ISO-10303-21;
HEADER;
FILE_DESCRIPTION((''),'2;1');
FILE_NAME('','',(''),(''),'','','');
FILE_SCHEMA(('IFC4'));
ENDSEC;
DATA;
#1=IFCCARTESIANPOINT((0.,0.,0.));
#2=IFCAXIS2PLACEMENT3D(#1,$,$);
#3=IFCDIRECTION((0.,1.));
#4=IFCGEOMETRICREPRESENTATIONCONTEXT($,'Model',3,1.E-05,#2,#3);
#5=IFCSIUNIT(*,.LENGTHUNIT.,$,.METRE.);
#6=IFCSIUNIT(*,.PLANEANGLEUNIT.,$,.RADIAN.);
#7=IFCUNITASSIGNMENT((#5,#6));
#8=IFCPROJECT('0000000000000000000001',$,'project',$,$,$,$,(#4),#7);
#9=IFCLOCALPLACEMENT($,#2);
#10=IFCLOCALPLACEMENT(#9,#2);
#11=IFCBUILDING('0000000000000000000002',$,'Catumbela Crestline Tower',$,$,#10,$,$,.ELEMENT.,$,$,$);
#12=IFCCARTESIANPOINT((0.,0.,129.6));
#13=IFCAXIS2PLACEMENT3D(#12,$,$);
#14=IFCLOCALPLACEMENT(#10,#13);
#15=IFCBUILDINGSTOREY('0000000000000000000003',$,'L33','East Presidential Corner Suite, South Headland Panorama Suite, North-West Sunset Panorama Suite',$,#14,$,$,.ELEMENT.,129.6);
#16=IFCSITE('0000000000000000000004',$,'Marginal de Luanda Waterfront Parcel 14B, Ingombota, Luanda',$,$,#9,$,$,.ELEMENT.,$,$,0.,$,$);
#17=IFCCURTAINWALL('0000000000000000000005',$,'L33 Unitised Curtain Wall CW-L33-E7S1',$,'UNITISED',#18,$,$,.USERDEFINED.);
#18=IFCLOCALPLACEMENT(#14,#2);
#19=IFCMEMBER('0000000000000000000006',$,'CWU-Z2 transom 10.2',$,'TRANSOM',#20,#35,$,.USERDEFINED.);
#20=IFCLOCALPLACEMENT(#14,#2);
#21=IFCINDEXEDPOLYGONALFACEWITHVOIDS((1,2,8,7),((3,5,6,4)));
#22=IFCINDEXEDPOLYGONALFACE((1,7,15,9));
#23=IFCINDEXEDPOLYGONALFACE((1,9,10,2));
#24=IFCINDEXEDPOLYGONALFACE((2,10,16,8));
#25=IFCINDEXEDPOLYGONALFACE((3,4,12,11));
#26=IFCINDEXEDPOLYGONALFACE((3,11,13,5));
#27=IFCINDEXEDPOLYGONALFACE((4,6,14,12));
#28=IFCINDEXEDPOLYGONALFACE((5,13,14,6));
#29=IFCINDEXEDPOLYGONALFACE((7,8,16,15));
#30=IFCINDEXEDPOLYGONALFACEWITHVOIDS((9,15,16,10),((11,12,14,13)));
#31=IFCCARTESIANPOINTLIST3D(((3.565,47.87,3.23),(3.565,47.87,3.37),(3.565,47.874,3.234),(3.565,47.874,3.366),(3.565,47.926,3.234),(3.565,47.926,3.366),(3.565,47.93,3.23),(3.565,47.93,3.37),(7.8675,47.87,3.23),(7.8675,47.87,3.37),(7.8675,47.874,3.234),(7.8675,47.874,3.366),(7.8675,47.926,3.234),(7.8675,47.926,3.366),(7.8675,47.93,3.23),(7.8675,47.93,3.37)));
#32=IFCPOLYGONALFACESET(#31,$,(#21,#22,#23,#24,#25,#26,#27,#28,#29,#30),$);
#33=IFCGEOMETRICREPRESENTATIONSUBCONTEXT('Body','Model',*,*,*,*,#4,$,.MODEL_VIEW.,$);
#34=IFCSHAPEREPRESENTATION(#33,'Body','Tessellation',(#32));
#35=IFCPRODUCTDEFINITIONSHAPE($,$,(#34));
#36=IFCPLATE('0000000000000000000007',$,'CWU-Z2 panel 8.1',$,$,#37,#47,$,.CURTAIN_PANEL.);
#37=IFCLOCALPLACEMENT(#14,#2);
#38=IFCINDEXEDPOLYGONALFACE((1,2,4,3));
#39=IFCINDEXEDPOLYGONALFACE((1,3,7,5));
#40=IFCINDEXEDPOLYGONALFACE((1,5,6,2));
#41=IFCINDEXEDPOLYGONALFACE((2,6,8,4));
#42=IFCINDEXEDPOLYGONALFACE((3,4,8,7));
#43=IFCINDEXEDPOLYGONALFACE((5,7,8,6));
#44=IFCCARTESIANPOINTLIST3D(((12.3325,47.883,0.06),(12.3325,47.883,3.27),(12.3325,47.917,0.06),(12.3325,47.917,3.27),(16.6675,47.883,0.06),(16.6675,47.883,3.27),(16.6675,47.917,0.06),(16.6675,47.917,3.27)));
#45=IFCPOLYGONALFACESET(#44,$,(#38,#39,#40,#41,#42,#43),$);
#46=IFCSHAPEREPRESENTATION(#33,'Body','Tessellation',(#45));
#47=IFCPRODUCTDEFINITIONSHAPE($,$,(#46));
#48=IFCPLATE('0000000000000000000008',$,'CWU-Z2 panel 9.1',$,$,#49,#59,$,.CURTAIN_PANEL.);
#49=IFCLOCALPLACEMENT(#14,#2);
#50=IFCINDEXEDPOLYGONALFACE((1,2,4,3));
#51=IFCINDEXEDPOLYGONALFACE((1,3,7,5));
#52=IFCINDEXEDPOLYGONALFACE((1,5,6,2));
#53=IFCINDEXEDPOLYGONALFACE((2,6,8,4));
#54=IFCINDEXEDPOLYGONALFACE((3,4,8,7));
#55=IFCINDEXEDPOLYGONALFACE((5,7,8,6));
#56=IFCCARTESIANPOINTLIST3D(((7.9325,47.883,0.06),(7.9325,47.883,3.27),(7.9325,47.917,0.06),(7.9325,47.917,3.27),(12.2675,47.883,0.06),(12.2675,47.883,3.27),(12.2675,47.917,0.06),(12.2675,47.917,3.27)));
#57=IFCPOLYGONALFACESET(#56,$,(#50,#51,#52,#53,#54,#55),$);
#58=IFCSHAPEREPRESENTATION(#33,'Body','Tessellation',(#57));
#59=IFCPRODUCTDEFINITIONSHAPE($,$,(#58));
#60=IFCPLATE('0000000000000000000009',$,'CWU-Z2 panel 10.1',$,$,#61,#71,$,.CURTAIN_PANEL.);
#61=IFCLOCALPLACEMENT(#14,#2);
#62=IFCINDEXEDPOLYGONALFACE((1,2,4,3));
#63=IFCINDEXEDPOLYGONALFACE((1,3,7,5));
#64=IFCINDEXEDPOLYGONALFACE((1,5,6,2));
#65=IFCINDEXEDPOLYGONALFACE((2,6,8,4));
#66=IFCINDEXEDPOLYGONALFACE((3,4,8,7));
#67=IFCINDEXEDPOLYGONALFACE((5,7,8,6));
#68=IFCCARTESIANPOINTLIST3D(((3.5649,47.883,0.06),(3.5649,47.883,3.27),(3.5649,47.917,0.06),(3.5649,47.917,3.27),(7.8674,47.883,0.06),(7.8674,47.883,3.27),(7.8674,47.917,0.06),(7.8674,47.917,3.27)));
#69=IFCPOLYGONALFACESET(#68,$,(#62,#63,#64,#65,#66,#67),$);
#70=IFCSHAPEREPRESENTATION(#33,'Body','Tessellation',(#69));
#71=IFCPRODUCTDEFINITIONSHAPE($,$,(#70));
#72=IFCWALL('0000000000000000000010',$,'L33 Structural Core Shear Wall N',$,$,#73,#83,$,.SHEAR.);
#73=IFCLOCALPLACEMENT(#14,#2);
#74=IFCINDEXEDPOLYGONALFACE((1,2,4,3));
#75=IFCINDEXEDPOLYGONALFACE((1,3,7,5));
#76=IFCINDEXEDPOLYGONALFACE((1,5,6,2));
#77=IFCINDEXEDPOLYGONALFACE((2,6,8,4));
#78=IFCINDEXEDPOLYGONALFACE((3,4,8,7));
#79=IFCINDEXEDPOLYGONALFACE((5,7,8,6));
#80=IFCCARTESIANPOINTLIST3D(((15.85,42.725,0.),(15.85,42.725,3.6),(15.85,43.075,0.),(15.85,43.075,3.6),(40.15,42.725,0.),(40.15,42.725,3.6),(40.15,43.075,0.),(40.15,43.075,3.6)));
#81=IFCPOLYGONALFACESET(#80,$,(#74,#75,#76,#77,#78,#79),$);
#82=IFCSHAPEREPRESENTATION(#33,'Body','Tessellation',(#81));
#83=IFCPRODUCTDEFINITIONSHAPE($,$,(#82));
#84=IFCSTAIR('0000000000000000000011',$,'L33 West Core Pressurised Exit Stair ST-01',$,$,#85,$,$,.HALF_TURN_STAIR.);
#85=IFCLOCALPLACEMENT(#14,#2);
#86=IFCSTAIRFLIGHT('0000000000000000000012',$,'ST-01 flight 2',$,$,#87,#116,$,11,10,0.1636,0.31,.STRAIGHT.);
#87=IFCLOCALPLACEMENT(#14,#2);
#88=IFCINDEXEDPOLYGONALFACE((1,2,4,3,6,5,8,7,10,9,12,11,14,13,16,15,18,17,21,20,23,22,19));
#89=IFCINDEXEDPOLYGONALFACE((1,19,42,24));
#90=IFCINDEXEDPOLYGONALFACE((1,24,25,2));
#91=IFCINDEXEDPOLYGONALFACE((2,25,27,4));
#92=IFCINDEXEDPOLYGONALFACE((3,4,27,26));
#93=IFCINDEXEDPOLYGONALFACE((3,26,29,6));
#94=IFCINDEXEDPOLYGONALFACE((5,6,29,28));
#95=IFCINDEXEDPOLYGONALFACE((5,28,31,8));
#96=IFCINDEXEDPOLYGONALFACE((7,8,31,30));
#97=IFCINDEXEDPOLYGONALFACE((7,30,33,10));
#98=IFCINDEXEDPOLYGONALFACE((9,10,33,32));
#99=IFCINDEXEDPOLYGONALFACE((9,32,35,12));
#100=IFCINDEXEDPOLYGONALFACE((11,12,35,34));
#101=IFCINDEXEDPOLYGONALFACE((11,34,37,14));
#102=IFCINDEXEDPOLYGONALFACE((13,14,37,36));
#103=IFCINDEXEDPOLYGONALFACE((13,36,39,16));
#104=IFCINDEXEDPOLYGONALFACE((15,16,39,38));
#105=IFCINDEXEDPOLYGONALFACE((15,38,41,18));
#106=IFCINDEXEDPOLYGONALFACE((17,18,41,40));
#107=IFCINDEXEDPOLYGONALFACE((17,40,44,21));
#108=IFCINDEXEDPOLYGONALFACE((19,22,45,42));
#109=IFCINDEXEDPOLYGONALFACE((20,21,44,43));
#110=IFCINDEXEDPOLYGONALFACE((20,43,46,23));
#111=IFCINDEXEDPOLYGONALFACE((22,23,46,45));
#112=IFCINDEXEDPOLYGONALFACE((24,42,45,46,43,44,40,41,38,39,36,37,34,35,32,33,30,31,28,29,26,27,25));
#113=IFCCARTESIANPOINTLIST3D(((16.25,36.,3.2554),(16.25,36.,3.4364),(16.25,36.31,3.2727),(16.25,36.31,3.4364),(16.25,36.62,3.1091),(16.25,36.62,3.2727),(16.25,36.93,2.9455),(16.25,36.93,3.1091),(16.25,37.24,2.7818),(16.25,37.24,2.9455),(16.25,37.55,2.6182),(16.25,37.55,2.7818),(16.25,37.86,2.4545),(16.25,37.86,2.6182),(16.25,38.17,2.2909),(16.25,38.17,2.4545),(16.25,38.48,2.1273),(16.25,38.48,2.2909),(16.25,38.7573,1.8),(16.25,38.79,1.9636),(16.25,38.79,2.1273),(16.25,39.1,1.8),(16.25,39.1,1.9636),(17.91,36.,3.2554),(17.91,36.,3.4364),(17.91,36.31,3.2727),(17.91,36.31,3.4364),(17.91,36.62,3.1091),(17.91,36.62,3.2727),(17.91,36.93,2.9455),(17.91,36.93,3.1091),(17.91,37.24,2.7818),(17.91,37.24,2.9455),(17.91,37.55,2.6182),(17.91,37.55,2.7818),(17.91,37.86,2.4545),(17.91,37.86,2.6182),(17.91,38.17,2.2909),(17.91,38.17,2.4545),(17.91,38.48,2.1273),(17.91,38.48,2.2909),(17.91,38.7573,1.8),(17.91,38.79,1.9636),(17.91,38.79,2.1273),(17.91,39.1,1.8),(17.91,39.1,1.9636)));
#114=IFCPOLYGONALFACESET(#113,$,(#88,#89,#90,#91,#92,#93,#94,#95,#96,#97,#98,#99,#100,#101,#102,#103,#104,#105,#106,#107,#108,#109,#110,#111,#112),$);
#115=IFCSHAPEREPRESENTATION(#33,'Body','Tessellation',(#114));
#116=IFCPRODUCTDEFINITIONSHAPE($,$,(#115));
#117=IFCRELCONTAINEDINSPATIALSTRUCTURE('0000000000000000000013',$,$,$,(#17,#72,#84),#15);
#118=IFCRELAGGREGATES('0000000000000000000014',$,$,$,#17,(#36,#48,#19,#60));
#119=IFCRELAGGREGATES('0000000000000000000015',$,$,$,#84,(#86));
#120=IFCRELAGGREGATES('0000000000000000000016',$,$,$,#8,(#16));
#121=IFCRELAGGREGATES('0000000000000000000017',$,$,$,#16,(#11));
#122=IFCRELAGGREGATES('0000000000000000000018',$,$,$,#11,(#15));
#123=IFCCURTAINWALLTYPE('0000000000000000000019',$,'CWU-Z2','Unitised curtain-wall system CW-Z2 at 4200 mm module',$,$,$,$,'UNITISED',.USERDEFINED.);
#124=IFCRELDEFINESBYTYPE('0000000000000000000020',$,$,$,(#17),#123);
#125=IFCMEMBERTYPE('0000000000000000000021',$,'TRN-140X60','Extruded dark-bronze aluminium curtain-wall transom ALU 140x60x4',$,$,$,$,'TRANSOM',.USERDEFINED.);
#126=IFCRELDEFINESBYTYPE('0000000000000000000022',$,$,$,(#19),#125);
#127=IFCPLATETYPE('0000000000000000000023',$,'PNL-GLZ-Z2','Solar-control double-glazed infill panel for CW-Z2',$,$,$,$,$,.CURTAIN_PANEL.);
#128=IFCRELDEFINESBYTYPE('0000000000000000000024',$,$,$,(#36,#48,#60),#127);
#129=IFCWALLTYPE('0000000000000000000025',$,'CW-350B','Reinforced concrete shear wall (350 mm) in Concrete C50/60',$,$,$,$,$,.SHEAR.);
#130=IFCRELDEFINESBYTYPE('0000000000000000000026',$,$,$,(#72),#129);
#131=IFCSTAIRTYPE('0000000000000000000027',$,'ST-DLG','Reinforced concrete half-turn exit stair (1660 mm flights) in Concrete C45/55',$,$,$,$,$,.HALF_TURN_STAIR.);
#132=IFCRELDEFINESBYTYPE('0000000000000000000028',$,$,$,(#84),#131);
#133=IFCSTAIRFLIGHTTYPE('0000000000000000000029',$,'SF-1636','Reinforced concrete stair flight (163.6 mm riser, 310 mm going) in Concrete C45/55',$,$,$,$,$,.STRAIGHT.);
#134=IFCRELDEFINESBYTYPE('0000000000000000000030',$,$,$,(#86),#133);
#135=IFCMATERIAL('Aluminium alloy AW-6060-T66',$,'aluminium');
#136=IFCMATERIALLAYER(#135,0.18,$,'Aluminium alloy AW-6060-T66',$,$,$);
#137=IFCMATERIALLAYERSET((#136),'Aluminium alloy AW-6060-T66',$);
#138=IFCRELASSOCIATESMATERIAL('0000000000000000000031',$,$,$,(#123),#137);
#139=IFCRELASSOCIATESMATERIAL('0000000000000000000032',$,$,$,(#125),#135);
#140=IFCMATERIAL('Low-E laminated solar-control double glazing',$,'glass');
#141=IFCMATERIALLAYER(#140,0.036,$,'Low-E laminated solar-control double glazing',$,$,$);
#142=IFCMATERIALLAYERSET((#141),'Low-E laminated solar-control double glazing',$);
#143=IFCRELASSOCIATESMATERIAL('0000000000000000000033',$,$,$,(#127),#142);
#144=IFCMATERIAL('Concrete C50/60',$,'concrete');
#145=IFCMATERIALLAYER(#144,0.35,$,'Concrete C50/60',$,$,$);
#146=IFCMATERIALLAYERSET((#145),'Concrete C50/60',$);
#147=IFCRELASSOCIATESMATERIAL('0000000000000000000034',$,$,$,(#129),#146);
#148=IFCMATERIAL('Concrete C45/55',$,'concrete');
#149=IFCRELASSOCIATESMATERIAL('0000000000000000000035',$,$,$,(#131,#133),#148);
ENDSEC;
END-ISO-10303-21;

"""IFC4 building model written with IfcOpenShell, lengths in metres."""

from ifc_helpers import new_model, si_unit, direction, frame, frame_2d, origin, origin_2d, place, context, subcontext, project, spatial, polyline, rectangle, hollow_rectangle, outline, extrude, material, layer, layer_set, material_profile, profile_set, type_object, element, aggregate, save


model = new_model("IFC4")

# Units and contexts
model_context = context("Model", 3, precision=1e-05, world=origin(), true_north=direction((0.0, 1.0)))
body_context = subcontext(model_context, "Body", "Model", "MODEL_VIEW")
ifc_project = project(units=[si_unit("LENGTHUNIT", "METRE"), si_unit("PLANEANGLEUNIT", "RADIAN")], contexts=[model_context])

# Site, building, storey
site_placement = place(None, origin())
site = spatial("IfcSite", under=ifc_project, at=site_placement, Name="Marginal de Luanda Waterfront Parcel 14B, Ingombota, Luanda", CompositionType="ELEMENT", RefElevation=0.0)
building_placement = place(site_placement, origin())
building = spatial("IfcBuilding", under=site, at=building_placement, Name="Catumbela Crestline Tower", CompositionType="ELEMENT")
storey_placement = place(building_placement, frame((0.0, 0.0, 129.6)))
storey = spatial("IfcBuildingStorey", under=building, at=storey_placement, Name="L33", Description="East Presidential Corner Suite, South Headland Panorama Suite, North-West Sunset Panorama Suite", CompositionType="ELEMENT", Elevation=129.6)

# Curtain wall
ifc_material_1 = material(Name="Aluminium alloy AW-6060-T66", Category="aluminium")
ifc_layer_1 = layer(ifc_material_1, 0.18, Name="Aluminium alloy AW-6060-T66")
ifc_layer_set_1 = layer_set([ifc_layer_1], Name="Aluminium alloy AW-6060-T66")
curtain_wall_type = type_object("IfcCurtainWallType", Name="CWU-Z2", Description="Unitised curtain-wall system CW-Z2 at 4200 mm module", ElementType="UNITISED", PredefinedType="USERDEFINED", material=ifc_layer_set_1)
curtain_wall_placement = place(storey_placement, origin())
curtain_wall = element("IfcCurtainWall", 1, at=curtain_wall_placement, inside=storey, type_object=curtain_wall_type, Name="L33 Unitised Curtain Wall CW-L33-E7S1", ObjectType="UNITISED", PredefinedType="USERDEFINED")

# Member
ifc_material_profile_1 = material_profile(ifc_material_1, hollow_rectangle(XDim=0.06, YDim=0.14, WallThickness=0.004, at=origin_2d()), Name="ALU 140x60x4")
ifc_profile_set_1 = profile_set([ifc_material_profile_1], Name="Aluminium alloy AW-6060-T66")
member_type_1 = type_object("IfcMemberType", Name="TRN-140X60", Description="Extruded dark-bronze aluminium curtain-wall transom ALU 140x60x4", ElementType="TRANSOM", PredefinedType="USERDEFINED", material=ifc_profile_set_1)
member_1_placement = place(storey_placement, frame((7.8675, 47.9, 3.3), z_axis=(-1.0, 0.0, 0.0), x_axis=(0.0, -1.0, 0.0)))
member_1 = element("IfcMember", 2, at=member_1_placement, type_object=member_type_1, Name="CWU-Z2 transom 10.2", ObjectType="TRANSOM", PredefinedType="USERDEFINED", context=body_context, shape_type="SweptSolid", body=[
    extrude(hollow_rectangle(XDim=0.06, YDim=0.14, WallThickness=0.004, at=origin_2d()), origin(), (0.0, 0.0, 1.0), 4.3025),
])

# Plates
ifc_material_2 = material(Name="Low-E laminated solar-control double glazing", Category="glass")
ifc_layer_2 = layer(ifc_material_2, 0.036, Name="Low-E laminated solar-control double glazing")
ifc_layer_set_2 = layer_set([ifc_layer_2], Name="Low-E laminated solar-control double glazing")
plate_type = type_object("IfcPlateType", Name="PNL-GLZ-Z2", Description="Solar-control double-glazed infill panel for CW-Z2", PredefinedType="CURTAIN_PANEL", material=ifc_layer_set_2)
plate_1_placement = place(storey_placement, frame((14.5, 47.9, 0.06), z_axis=(0.0, 0.0, 1.0), x_axis=(-1.0, 0.0, 0.0)))
plate_1 = element("IfcPlate", 3, at=plate_1_placement, type_object=plate_type, Name="CWU-Z2 panel 8.1", PredefinedType="CURTAIN_PANEL", context=body_context, shape_type="SweptSolid", body=[
    extrude(rectangle(XDim=4.335, YDim=0.034, at=origin_2d()), origin(), (0.0, 0.0, 1.0), 3.21),
])
plate_2_placement = place(storey_placement, frame((10.1, 47.9, 0.06), z_axis=(0.0, 0.0, 1.0), x_axis=(-1.0, 0.0, 0.0)))
plate_2 = element("IfcPlate", 4, at=plate_2_placement, type_object=plate_type, Name="CWU-Z2 panel 9.1", PredefinedType="CURTAIN_PANEL", context=body_context, shape_type="SweptSolid", body=[
    extrude(rectangle(XDim=4.335, YDim=0.034, at=origin_2d()), origin(), (0.0, 0.0, 1.0), 3.21),
])
plate_3_placement = place(storey_placement, frame((5.7162, 47.9, 0.06), z_axis=(0.0, 0.0, 1.0), x_axis=(-1.0, 0.0, 0.0)))
plate_3 = element("IfcPlate", 5, at=plate_3_placement, type_object=plate_type, Name="CWU-Z2 panel 10.1", PredefinedType="CURTAIN_PANEL", context=body_context, shape_type="SweptSolid", body=[
    extrude(rectangle(XDim=4.3025, YDim=0.034, at=origin_2d()), origin(), (0.0, 0.0, 1.0), 3.21),
])
aggregate(curtain_wall, [plate_1, plate_2, member_1, plate_3])

# Wall
ifc_material_3 = material(Name="Concrete C50/60", Category="concrete")
ifc_layer_3 = layer(ifc_material_3, 0.35, Name="Concrete C50/60")
ifc_layer_set_3 = layer_set([ifc_layer_3], Name="Concrete C50/60")
wall_type = type_object("IfcWallType", Name="CW-350B", Description="Reinforced concrete shear wall (350 mm) in Concrete C50/60", PredefinedType="SHEAR", material=ifc_layer_set_3)
wall_placement = place(storey_placement, frame((15.85, 42.9, 0.0), z_axis=(0.0, 0.0, 1.0), x_axis=(1.0, 0.0, 0.0)))
element("IfcWall", 6, at=wall_placement, inside=storey, type_object=wall_type, Name="L33 Structural Core Shear Wall N", PredefinedType="SHEAR", context=body_context, shape_type="SweptSolid", body=[
    extrude(rectangle(XDim=24.3, YDim=0.35, at=frame_2d((12.15, 0.0))), origin(), (0.0, 0.0, 1.0), 3.6),
])

# Stair, stair flight
ifc_material_4 = material(Name="Concrete C45/55", Category="concrete")
stair_type = type_object("IfcStairType", Name="ST-DLG", Description="Reinforced concrete half-turn exit stair (1660 mm flights) in Concrete C45/55", PredefinedType="HALF_TURN_STAIR", material=ifc_material_4)
stair_placement = place(storey_placement, origin())
stair = element("IfcStair", 7, at=stair_placement, inside=storey, type_object=stair_type, Name="L33 West Core Pressurised Exit Stair ST-01", PredefinedType="HALF_TURN_STAIR")
stair_flight_type = type_object("IfcStairFlightType", Name="SF-1636", Description="Reinforced concrete stair flight (163.6 mm riser, 310 mm going) in Concrete C45/55", PredefinedType="STRAIGHT", material=ifc_material_4)
stair_flight_placement = place(storey_placement, frame((17.08, 39.1, 1.8), z_axis=(0.0, 0.0, 1.0), x_axis=(0.0, -1.0, 0.0)))
stair_flight = element("IfcStairFlight", 8, at=stair_flight_placement, type_object=stair_flight_type, Name="ST-01 flight 2", NumberOfRisers=11, NumberOfTreads=10, PredefinedType="STRAIGHT", RiserHeight=0.1636, TreadLength=0.31, context=body_context, shape_type="SweptSolid", body=[
    extrude(outline(polyline([(0.0, 0.0), (0.0, 0.1636), (0.31, 0.1636), (0.31, 0.3273), (0.62, 0.3273), (0.62, 0.4909), (0.93, 0.4909), (0.93, 0.6545), (1.24, 0.6545), (1.24, 0.8182), (1.55, 0.8182), (1.55, 0.9818), (1.86, 0.9818), (1.86, 1.1455), (2.17, 1.1455), (2.17, 1.3091), (2.48, 1.3091), (2.48, 1.4727), (2.79, 1.4727), (2.79, 1.6364), (3.1, 1.6364), (3.1, 1.8), (3.1, 1.4554), (0.3427, 0.0), (0.0, 0.0)])), frame((0.0, 0.83, 0.0), z_axis=(0.0, -1.0, 0.0), x_axis=(1.0, 0.0, 0.0)), (0.0, 0.0, 1.0), 1.66),
])
aggregate(stair, [stair_flight])

save(model, "model.ifc")
